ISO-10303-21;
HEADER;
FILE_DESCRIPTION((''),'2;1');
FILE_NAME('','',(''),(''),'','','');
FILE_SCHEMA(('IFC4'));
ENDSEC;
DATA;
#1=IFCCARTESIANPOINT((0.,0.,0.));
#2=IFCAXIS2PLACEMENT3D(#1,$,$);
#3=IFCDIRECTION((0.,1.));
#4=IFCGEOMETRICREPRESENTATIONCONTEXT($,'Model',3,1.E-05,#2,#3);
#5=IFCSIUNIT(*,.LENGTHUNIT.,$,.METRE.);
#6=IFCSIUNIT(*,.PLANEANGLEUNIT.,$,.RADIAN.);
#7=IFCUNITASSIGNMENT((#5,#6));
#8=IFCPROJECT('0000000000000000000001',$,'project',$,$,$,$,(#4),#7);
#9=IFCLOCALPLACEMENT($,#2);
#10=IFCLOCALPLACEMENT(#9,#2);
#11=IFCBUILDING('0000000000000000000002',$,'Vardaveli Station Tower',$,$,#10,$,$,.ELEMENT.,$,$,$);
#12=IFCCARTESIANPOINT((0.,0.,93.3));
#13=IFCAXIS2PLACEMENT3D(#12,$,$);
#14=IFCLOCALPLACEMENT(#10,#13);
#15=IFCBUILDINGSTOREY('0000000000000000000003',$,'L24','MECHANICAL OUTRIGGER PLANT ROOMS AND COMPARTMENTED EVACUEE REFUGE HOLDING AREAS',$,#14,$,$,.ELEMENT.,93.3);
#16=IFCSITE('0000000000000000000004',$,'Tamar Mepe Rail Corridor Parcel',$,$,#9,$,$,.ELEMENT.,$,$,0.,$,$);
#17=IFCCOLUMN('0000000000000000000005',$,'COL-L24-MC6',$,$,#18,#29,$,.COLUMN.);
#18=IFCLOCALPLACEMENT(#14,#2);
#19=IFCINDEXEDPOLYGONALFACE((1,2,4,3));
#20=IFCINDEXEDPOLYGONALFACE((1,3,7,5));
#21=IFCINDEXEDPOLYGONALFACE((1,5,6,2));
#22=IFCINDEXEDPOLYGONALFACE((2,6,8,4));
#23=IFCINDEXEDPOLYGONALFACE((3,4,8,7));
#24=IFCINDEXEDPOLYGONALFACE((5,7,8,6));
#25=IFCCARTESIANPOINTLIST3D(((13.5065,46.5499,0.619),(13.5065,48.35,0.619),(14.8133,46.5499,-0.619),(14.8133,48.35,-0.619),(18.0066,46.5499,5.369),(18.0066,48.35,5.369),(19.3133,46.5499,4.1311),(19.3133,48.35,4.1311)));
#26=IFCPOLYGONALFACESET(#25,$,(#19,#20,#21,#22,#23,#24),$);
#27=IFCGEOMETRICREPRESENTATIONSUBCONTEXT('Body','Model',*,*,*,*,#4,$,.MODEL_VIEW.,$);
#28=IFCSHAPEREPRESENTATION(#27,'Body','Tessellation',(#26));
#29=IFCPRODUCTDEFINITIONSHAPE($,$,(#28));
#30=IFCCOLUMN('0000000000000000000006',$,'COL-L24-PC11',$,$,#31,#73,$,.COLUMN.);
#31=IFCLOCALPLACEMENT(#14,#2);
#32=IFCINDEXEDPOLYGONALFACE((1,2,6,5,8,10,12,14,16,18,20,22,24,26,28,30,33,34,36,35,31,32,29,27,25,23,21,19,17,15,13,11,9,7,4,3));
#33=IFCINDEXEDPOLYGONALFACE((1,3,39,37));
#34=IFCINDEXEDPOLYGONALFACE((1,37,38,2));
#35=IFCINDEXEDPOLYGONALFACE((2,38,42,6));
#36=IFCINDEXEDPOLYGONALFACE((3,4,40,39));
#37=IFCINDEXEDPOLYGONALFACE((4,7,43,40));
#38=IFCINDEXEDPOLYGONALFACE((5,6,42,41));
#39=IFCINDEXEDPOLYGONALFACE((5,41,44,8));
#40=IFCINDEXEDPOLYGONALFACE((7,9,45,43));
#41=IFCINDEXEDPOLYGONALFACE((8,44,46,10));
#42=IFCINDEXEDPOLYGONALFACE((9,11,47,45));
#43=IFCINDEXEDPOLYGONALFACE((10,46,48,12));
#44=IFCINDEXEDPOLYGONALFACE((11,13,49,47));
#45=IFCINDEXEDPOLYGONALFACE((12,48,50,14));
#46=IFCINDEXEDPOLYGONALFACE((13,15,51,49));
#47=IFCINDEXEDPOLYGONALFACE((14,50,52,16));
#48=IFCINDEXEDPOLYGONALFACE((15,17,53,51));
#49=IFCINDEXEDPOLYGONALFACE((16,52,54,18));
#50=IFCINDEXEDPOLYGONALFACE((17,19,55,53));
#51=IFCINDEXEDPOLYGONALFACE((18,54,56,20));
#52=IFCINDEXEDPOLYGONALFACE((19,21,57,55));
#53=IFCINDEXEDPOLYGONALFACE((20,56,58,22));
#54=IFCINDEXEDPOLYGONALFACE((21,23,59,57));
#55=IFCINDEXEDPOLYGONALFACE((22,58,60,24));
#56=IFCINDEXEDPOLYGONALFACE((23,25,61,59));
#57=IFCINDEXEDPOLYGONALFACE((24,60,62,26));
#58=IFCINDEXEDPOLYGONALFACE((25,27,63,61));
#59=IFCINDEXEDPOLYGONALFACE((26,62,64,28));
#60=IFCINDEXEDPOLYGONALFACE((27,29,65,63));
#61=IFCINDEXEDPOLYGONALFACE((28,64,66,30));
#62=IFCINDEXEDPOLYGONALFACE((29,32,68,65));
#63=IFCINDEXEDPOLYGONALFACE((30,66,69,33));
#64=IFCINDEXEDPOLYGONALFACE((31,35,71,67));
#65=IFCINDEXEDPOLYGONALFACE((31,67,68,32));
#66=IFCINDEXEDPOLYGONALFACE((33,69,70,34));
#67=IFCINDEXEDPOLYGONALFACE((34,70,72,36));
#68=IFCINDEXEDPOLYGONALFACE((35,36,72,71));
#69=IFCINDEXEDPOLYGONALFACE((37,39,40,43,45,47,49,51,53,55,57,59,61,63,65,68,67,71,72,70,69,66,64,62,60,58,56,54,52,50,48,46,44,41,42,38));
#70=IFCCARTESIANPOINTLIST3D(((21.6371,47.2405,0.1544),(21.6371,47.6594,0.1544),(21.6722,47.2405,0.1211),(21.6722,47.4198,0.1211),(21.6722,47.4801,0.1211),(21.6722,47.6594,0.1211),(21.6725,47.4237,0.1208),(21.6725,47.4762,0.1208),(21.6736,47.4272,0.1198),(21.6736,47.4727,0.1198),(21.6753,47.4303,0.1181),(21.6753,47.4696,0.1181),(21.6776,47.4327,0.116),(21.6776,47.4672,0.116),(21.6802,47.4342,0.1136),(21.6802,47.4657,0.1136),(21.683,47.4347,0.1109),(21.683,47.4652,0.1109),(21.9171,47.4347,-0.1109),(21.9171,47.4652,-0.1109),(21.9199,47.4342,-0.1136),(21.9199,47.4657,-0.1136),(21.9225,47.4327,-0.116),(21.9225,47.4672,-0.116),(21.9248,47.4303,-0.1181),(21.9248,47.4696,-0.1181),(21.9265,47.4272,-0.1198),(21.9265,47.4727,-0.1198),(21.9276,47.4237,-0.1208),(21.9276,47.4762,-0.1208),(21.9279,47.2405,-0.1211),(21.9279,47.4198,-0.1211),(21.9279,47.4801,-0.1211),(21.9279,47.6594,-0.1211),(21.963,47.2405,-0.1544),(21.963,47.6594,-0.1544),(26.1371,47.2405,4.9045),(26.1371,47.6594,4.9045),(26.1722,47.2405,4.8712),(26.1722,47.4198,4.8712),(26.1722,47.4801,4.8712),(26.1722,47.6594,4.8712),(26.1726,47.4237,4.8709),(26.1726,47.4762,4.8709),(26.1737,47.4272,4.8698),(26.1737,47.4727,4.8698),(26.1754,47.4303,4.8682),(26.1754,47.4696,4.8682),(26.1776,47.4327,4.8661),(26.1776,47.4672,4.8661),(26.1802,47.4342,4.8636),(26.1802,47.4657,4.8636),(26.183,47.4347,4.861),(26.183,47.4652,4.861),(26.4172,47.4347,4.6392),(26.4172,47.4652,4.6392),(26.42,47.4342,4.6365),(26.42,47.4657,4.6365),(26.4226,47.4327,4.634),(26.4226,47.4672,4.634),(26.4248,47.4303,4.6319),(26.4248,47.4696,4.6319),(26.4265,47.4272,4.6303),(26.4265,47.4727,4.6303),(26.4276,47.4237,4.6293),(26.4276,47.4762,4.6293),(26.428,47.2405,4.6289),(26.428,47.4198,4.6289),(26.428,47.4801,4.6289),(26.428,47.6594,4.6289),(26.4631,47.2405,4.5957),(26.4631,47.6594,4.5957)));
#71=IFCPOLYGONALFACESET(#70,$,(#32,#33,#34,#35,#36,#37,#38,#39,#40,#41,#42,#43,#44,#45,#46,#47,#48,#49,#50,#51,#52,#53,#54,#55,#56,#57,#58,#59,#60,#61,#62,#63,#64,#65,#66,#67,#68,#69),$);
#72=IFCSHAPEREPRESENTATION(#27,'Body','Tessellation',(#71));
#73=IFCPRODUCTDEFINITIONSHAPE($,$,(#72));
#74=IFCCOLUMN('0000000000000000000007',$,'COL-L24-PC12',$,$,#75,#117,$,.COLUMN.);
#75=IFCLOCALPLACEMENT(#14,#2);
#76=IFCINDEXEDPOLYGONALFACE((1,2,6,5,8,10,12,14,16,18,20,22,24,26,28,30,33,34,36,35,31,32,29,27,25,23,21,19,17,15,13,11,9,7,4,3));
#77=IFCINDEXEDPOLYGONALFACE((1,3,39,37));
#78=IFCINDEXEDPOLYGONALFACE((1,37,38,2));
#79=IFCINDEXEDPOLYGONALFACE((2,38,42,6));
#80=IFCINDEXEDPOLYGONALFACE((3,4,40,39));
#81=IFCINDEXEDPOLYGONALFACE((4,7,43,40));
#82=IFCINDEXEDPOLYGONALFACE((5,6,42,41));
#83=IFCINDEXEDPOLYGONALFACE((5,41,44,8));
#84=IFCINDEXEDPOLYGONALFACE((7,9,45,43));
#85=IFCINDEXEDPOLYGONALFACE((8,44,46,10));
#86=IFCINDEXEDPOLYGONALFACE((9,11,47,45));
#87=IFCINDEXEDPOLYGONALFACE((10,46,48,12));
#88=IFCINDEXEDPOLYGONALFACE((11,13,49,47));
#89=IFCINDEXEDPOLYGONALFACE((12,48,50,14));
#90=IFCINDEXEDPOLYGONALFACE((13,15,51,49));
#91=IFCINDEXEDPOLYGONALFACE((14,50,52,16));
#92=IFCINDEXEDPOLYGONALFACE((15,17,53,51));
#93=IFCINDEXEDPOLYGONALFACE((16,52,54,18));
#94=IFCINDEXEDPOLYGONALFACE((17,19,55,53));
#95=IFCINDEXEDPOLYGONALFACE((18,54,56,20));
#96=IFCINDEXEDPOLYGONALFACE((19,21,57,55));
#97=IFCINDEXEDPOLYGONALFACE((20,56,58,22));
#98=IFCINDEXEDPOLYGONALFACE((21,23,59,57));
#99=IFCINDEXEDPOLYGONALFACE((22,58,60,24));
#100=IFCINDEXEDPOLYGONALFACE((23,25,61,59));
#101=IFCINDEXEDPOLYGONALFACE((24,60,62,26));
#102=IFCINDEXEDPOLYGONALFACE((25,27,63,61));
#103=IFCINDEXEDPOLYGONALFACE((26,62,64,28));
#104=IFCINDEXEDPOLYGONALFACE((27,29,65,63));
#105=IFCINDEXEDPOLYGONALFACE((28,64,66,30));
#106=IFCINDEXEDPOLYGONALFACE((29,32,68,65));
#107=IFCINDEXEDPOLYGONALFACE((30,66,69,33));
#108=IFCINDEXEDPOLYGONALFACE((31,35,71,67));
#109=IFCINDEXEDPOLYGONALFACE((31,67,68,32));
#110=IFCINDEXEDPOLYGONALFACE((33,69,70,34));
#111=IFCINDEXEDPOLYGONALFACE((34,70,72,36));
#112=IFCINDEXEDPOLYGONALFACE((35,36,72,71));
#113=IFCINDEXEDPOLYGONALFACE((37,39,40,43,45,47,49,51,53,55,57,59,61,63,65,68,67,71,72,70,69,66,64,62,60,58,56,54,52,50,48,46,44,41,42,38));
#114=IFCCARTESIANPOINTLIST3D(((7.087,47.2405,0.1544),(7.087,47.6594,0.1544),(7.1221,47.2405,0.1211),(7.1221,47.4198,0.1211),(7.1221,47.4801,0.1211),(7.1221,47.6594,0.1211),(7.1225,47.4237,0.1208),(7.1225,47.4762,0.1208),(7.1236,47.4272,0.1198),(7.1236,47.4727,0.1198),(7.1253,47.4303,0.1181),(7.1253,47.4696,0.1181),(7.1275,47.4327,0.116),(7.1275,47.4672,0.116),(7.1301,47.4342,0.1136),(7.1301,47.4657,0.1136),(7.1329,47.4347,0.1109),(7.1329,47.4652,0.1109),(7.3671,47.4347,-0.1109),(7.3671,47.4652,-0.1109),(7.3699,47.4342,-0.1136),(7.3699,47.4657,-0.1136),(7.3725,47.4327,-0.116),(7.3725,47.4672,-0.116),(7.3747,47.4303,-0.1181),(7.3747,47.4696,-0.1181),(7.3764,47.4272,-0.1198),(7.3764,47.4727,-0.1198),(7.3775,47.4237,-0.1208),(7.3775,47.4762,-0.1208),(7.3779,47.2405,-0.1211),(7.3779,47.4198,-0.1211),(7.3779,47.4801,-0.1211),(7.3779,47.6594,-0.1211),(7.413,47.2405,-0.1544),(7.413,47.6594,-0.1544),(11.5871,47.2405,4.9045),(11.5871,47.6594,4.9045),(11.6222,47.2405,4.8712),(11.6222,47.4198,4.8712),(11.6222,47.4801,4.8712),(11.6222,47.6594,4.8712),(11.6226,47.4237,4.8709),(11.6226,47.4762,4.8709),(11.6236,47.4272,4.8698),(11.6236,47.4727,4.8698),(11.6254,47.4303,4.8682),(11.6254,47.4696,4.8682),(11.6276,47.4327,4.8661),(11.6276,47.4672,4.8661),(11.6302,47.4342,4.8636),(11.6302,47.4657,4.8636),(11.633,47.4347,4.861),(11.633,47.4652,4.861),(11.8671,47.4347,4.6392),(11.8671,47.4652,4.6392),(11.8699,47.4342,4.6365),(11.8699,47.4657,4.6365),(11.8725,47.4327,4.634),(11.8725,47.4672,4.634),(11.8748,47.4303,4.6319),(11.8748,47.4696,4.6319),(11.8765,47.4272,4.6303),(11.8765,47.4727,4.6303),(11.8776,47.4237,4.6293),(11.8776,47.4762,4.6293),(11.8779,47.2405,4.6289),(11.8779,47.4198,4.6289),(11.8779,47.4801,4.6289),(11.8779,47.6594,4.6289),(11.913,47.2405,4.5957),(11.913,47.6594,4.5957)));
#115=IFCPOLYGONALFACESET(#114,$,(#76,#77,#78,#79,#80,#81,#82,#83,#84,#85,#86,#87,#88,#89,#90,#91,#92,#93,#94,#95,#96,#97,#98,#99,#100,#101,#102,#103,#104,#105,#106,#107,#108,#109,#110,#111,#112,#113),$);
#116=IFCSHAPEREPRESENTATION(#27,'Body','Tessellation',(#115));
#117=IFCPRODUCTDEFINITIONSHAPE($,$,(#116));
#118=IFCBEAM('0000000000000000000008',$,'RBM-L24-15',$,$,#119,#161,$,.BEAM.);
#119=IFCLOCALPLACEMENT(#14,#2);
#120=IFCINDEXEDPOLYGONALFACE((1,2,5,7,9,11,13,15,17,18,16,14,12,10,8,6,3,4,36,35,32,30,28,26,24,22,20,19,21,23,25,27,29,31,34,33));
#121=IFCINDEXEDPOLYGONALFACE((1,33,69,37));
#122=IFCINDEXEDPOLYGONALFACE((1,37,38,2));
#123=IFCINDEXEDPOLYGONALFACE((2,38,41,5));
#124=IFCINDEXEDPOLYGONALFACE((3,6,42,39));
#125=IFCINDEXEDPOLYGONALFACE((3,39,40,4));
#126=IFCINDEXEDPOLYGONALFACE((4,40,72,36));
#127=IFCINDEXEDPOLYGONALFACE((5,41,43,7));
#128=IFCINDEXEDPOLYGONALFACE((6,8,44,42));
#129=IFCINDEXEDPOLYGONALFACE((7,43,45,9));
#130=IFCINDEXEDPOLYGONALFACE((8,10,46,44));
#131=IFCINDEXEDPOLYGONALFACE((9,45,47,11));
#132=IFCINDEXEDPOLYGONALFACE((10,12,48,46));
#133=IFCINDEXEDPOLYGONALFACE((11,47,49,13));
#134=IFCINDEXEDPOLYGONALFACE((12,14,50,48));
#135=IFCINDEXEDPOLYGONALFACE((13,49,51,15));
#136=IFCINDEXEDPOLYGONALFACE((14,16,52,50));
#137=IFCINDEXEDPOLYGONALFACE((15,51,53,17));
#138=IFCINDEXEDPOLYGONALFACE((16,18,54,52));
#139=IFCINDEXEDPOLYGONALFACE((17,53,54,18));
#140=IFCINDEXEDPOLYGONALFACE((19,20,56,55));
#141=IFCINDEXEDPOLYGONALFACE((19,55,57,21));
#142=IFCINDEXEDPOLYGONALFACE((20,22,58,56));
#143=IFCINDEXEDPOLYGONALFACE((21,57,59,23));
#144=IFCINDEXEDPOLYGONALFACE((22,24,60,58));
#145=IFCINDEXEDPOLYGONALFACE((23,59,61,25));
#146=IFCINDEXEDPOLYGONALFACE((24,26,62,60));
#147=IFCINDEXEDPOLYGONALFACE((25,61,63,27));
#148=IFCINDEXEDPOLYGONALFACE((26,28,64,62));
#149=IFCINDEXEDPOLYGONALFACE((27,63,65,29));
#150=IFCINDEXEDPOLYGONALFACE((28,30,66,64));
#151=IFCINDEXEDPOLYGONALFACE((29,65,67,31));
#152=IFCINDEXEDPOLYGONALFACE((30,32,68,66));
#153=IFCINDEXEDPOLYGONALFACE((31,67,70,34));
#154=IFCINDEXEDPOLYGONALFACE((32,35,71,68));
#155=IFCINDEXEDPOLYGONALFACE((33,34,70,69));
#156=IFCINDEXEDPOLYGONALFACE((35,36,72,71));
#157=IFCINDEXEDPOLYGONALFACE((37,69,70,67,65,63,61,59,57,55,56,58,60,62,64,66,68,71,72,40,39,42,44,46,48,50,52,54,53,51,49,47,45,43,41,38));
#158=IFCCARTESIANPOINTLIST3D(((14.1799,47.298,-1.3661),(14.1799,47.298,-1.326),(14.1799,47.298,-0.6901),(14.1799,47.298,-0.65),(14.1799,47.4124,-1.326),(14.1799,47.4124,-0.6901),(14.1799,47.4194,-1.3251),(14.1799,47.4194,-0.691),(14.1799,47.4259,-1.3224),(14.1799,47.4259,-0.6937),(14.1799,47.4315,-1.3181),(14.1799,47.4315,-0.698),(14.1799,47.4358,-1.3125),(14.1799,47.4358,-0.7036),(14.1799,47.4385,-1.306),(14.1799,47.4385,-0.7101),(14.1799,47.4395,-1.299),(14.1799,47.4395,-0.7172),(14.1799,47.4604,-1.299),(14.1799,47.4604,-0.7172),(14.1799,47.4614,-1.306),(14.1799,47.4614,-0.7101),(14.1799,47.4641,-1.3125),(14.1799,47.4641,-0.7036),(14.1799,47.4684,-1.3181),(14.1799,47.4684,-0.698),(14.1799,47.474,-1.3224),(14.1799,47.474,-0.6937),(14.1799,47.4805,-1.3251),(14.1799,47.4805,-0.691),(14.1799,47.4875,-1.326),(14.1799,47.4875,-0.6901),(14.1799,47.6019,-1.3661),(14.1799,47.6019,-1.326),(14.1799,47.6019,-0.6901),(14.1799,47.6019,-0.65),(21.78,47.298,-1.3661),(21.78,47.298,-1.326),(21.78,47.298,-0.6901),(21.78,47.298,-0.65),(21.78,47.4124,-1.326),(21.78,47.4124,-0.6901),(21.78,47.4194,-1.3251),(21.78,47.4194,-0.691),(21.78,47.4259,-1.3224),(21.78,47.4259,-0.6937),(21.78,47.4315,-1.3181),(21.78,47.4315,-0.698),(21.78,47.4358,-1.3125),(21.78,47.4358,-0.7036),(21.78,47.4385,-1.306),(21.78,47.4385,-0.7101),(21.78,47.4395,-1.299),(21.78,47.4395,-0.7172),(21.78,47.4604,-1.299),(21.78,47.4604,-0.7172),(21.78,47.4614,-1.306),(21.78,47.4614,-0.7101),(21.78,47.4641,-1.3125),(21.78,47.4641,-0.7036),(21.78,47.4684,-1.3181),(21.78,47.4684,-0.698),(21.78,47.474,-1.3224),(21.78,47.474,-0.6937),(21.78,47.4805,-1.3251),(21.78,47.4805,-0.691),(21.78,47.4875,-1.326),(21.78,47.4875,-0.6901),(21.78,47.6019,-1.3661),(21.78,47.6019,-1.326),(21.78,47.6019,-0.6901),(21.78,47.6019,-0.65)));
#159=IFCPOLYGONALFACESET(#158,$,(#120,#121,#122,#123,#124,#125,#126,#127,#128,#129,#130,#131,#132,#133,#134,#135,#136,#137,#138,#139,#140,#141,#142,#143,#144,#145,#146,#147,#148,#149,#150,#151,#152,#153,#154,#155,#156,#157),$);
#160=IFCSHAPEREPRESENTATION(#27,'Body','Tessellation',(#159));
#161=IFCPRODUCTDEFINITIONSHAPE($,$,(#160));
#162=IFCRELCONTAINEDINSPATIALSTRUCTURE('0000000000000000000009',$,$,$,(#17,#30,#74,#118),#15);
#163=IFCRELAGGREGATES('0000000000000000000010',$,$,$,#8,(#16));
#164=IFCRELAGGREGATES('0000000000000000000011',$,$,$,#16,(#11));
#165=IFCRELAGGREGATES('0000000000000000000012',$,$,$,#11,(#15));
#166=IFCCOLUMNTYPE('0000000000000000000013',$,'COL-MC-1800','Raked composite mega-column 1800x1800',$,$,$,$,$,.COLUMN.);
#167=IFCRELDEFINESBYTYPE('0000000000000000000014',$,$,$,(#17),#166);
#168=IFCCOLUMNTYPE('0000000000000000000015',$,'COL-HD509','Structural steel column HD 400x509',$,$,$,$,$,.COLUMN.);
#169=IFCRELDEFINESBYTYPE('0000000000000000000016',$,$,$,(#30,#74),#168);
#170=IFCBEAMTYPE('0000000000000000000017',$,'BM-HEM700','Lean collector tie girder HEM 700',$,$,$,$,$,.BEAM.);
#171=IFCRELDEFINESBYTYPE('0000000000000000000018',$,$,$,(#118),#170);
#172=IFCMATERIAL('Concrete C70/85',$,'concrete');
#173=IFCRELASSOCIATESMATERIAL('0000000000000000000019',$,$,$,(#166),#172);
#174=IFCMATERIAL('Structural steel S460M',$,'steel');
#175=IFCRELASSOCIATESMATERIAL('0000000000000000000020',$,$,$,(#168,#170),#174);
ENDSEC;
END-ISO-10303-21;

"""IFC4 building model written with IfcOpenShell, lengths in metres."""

from ifc_helpers import new_model, si_unit, direction, frame, origin, origin_2d, place, context, subcontext, project, spatial, rectangle, i_section, extrude, source, transform, mapped, material, material_profile, profile_set, type_object, element, save


model = new_model("IFC4")

# Units and contexts
model_context = context("Model", 3, precision=1e-05, world=origin(), true_north=direction((0.0, 1.0)))
body_context = subcontext(model_context, "Body", "Model", "MODEL_VIEW")
ifc_project = project(units=[si_unit("LENGTHUNIT", "METRE"), si_unit("PLANEANGLEUNIT", "RADIAN")], contexts=[model_context])

# Site, building, storey
site_placement = place(None, origin())
site = spatial("IfcSite", under=ifc_project, at=site_placement, Name="Tamar Mepe Rail Corridor Parcel", CompositionType="ELEMENT", RefElevation=0.0)
building_placement = place(site_placement, origin())
building = spatial("IfcBuilding", under=site, at=building_placement, Name="Vardaveli Station Tower", CompositionType="ELEMENT")
storey_placement = place(building_placement, frame((0.0, 0.0, 93.3)))
storey = spatial("IfcBuildingStorey", under=building, at=storey_placement, Name="L24", Description="MECHANICAL OUTRIGGER PLANT ROOMS AND COMPARTMENTED EVACUEE REFUGE HOLDING AREAS", CompositionType="ELEMENT", Elevation=93.3)

# Columns
ifc_material_1 = material(Name="Concrete C70/85", Category="concrete")
ifc_material_profile_1 = material_profile(ifc_material_1, rectangle(XDim=1.8, YDim=1.8, at=origin_2d()), Name="MC 1800x1800")
ifc_profile_set_1 = profile_set([ifc_material_profile_1], Name="Concrete C70/85")
column_type_1 = type_object("IfcColumnType", Name="COL-MC-1800", Description="Raked composite mega-column 1800x1800", PredefinedType="COLUMN", material=ifc_profile_set_1)
shared_shape_1 = source(origin(), body_context, "Body", "SweptSolid", [
    extrude(rectangle(XDim=1.8, YDim=1.8, at=origin_2d()), origin(), (0.0, 0.0, 1.0), 6.5432),
])
column_placement = place(storey_placement, frame((14.1599, 47.45, 0.0), z_axis=(0.687745, 0.0, 0.725953), x_axis=(0.0, 1.0, 0.0)))
element("IfcColumn", 1, at=column_placement, inside=storey, type_object=column_type_1, Name="COL-L24-MC6", PredefinedType="COLUMN", context=body_context, shape_type="MappedRepresentation", body=[
    mapped(shared_shape_1, transform((0.0, 0.0, 0.0), scale=1.0)),
])
ifc_material_2 = material(Name="Structural steel S460M", Category="steel")
ifc_material_profile_2 = material_profile(ifc_material_2, i_section(OverallWidth=0.4189, OverallDepth=0.449, WebThickness=0.0305, FlangeThickness=0.0483, FilletRadius=0.0149, at=origin_2d()), Name="HD 400x509")
ifc_profile_set_2 = profile_set([ifc_material_profile_2], Name="Structural steel S460M")
column_type_2 = type_object("IfcColumnType", Name="COL-HD509", Description="Structural steel column HD 400x509", PredefinedType="COLUMN", material=ifc_profile_set_2)
shared_shape_2 = source(origin(), body_context, "Body", "SweptSolid", [
    extrude(i_section(OverallWidth=0.4189, OverallDepth=0.449, WebThickness=0.0305, FlangeThickness=0.0483, FilletRadius=0.0149, at=origin_2d()), origin(), (0.0, 0.0, 1.0), 6.5432),
])
for number, where, z_axis, x_axis, name in (
    (2, (21.8, 47.45, 0.0), (0.687745, 0.0, 0.725953), (0.0, 1.0, 0.0), "COL-L24-PC11"),
    (3, (7.25, 47.45, 0.0), (0.687745, 0.0, 0.725953), (0.0, 1.0, 0.0), "COL-L24-PC12"),
):
    element("IfcColumn", number, at=place(storey_placement, frame(where, z_axis=z_axis, x_axis=x_axis)), inside=storey, type_object=column_type_2, Name=name, PredefinedType="COLUMN", context=body_context, shape_type="MappedRepresentation", body=[
        mapped(shared_shape_2, transform((0.0, 0.0, 0.0), scale=1.0)),
    ])

# Beam
ifc_material_profile_3 = material_profile(ifc_material_2, i_section(OverallWidth=0.304, OverallDepth=0.7161, WebThickness=0.021, FlangeThickness=0.04, FilletRadius=0.0271, at=origin_2d()), Name="HEM 700")
ifc_profile_set_3 = profile_set([ifc_material_profile_3], Name="Structural steel S460M")
beam_type = type_object("IfcBeamType", Name="BM-HEM700", Description="Lean collector tie girder HEM 700", PredefinedType="BEAM", material=ifc_profile_set_3)
shared_shape_3 = source(origin(), body_context, "Body", "SweptSolid", [
    extrude(i_section(OverallWidth=0.304, OverallDepth=0.7161, WebThickness=0.021, FlangeThickness=0.04, FilletRadius=0.0271, at=origin_2d()), origin(), (0.0, 0.0, 1.0), 7.6001),
])
beam_1_placement = place(storey_placement, frame((21.78, 47.45, -1.0081), z_axis=(-1.0, 0.0, 0.0), x_axis=(0.0, -1.0, 0.0)))
element("IfcBeam", 4, at=beam_1_placement, inside=storey, type_object=beam_type, Name="RBM-L24-15", PredefinedType="BEAM", context=body_context, shape_type="MappedRepresentation", body=[
    mapped(shared_shape_3, transform((0.0, 0.0, 0.0), scale=1.0)),
])

save(model, "model.ifc")
